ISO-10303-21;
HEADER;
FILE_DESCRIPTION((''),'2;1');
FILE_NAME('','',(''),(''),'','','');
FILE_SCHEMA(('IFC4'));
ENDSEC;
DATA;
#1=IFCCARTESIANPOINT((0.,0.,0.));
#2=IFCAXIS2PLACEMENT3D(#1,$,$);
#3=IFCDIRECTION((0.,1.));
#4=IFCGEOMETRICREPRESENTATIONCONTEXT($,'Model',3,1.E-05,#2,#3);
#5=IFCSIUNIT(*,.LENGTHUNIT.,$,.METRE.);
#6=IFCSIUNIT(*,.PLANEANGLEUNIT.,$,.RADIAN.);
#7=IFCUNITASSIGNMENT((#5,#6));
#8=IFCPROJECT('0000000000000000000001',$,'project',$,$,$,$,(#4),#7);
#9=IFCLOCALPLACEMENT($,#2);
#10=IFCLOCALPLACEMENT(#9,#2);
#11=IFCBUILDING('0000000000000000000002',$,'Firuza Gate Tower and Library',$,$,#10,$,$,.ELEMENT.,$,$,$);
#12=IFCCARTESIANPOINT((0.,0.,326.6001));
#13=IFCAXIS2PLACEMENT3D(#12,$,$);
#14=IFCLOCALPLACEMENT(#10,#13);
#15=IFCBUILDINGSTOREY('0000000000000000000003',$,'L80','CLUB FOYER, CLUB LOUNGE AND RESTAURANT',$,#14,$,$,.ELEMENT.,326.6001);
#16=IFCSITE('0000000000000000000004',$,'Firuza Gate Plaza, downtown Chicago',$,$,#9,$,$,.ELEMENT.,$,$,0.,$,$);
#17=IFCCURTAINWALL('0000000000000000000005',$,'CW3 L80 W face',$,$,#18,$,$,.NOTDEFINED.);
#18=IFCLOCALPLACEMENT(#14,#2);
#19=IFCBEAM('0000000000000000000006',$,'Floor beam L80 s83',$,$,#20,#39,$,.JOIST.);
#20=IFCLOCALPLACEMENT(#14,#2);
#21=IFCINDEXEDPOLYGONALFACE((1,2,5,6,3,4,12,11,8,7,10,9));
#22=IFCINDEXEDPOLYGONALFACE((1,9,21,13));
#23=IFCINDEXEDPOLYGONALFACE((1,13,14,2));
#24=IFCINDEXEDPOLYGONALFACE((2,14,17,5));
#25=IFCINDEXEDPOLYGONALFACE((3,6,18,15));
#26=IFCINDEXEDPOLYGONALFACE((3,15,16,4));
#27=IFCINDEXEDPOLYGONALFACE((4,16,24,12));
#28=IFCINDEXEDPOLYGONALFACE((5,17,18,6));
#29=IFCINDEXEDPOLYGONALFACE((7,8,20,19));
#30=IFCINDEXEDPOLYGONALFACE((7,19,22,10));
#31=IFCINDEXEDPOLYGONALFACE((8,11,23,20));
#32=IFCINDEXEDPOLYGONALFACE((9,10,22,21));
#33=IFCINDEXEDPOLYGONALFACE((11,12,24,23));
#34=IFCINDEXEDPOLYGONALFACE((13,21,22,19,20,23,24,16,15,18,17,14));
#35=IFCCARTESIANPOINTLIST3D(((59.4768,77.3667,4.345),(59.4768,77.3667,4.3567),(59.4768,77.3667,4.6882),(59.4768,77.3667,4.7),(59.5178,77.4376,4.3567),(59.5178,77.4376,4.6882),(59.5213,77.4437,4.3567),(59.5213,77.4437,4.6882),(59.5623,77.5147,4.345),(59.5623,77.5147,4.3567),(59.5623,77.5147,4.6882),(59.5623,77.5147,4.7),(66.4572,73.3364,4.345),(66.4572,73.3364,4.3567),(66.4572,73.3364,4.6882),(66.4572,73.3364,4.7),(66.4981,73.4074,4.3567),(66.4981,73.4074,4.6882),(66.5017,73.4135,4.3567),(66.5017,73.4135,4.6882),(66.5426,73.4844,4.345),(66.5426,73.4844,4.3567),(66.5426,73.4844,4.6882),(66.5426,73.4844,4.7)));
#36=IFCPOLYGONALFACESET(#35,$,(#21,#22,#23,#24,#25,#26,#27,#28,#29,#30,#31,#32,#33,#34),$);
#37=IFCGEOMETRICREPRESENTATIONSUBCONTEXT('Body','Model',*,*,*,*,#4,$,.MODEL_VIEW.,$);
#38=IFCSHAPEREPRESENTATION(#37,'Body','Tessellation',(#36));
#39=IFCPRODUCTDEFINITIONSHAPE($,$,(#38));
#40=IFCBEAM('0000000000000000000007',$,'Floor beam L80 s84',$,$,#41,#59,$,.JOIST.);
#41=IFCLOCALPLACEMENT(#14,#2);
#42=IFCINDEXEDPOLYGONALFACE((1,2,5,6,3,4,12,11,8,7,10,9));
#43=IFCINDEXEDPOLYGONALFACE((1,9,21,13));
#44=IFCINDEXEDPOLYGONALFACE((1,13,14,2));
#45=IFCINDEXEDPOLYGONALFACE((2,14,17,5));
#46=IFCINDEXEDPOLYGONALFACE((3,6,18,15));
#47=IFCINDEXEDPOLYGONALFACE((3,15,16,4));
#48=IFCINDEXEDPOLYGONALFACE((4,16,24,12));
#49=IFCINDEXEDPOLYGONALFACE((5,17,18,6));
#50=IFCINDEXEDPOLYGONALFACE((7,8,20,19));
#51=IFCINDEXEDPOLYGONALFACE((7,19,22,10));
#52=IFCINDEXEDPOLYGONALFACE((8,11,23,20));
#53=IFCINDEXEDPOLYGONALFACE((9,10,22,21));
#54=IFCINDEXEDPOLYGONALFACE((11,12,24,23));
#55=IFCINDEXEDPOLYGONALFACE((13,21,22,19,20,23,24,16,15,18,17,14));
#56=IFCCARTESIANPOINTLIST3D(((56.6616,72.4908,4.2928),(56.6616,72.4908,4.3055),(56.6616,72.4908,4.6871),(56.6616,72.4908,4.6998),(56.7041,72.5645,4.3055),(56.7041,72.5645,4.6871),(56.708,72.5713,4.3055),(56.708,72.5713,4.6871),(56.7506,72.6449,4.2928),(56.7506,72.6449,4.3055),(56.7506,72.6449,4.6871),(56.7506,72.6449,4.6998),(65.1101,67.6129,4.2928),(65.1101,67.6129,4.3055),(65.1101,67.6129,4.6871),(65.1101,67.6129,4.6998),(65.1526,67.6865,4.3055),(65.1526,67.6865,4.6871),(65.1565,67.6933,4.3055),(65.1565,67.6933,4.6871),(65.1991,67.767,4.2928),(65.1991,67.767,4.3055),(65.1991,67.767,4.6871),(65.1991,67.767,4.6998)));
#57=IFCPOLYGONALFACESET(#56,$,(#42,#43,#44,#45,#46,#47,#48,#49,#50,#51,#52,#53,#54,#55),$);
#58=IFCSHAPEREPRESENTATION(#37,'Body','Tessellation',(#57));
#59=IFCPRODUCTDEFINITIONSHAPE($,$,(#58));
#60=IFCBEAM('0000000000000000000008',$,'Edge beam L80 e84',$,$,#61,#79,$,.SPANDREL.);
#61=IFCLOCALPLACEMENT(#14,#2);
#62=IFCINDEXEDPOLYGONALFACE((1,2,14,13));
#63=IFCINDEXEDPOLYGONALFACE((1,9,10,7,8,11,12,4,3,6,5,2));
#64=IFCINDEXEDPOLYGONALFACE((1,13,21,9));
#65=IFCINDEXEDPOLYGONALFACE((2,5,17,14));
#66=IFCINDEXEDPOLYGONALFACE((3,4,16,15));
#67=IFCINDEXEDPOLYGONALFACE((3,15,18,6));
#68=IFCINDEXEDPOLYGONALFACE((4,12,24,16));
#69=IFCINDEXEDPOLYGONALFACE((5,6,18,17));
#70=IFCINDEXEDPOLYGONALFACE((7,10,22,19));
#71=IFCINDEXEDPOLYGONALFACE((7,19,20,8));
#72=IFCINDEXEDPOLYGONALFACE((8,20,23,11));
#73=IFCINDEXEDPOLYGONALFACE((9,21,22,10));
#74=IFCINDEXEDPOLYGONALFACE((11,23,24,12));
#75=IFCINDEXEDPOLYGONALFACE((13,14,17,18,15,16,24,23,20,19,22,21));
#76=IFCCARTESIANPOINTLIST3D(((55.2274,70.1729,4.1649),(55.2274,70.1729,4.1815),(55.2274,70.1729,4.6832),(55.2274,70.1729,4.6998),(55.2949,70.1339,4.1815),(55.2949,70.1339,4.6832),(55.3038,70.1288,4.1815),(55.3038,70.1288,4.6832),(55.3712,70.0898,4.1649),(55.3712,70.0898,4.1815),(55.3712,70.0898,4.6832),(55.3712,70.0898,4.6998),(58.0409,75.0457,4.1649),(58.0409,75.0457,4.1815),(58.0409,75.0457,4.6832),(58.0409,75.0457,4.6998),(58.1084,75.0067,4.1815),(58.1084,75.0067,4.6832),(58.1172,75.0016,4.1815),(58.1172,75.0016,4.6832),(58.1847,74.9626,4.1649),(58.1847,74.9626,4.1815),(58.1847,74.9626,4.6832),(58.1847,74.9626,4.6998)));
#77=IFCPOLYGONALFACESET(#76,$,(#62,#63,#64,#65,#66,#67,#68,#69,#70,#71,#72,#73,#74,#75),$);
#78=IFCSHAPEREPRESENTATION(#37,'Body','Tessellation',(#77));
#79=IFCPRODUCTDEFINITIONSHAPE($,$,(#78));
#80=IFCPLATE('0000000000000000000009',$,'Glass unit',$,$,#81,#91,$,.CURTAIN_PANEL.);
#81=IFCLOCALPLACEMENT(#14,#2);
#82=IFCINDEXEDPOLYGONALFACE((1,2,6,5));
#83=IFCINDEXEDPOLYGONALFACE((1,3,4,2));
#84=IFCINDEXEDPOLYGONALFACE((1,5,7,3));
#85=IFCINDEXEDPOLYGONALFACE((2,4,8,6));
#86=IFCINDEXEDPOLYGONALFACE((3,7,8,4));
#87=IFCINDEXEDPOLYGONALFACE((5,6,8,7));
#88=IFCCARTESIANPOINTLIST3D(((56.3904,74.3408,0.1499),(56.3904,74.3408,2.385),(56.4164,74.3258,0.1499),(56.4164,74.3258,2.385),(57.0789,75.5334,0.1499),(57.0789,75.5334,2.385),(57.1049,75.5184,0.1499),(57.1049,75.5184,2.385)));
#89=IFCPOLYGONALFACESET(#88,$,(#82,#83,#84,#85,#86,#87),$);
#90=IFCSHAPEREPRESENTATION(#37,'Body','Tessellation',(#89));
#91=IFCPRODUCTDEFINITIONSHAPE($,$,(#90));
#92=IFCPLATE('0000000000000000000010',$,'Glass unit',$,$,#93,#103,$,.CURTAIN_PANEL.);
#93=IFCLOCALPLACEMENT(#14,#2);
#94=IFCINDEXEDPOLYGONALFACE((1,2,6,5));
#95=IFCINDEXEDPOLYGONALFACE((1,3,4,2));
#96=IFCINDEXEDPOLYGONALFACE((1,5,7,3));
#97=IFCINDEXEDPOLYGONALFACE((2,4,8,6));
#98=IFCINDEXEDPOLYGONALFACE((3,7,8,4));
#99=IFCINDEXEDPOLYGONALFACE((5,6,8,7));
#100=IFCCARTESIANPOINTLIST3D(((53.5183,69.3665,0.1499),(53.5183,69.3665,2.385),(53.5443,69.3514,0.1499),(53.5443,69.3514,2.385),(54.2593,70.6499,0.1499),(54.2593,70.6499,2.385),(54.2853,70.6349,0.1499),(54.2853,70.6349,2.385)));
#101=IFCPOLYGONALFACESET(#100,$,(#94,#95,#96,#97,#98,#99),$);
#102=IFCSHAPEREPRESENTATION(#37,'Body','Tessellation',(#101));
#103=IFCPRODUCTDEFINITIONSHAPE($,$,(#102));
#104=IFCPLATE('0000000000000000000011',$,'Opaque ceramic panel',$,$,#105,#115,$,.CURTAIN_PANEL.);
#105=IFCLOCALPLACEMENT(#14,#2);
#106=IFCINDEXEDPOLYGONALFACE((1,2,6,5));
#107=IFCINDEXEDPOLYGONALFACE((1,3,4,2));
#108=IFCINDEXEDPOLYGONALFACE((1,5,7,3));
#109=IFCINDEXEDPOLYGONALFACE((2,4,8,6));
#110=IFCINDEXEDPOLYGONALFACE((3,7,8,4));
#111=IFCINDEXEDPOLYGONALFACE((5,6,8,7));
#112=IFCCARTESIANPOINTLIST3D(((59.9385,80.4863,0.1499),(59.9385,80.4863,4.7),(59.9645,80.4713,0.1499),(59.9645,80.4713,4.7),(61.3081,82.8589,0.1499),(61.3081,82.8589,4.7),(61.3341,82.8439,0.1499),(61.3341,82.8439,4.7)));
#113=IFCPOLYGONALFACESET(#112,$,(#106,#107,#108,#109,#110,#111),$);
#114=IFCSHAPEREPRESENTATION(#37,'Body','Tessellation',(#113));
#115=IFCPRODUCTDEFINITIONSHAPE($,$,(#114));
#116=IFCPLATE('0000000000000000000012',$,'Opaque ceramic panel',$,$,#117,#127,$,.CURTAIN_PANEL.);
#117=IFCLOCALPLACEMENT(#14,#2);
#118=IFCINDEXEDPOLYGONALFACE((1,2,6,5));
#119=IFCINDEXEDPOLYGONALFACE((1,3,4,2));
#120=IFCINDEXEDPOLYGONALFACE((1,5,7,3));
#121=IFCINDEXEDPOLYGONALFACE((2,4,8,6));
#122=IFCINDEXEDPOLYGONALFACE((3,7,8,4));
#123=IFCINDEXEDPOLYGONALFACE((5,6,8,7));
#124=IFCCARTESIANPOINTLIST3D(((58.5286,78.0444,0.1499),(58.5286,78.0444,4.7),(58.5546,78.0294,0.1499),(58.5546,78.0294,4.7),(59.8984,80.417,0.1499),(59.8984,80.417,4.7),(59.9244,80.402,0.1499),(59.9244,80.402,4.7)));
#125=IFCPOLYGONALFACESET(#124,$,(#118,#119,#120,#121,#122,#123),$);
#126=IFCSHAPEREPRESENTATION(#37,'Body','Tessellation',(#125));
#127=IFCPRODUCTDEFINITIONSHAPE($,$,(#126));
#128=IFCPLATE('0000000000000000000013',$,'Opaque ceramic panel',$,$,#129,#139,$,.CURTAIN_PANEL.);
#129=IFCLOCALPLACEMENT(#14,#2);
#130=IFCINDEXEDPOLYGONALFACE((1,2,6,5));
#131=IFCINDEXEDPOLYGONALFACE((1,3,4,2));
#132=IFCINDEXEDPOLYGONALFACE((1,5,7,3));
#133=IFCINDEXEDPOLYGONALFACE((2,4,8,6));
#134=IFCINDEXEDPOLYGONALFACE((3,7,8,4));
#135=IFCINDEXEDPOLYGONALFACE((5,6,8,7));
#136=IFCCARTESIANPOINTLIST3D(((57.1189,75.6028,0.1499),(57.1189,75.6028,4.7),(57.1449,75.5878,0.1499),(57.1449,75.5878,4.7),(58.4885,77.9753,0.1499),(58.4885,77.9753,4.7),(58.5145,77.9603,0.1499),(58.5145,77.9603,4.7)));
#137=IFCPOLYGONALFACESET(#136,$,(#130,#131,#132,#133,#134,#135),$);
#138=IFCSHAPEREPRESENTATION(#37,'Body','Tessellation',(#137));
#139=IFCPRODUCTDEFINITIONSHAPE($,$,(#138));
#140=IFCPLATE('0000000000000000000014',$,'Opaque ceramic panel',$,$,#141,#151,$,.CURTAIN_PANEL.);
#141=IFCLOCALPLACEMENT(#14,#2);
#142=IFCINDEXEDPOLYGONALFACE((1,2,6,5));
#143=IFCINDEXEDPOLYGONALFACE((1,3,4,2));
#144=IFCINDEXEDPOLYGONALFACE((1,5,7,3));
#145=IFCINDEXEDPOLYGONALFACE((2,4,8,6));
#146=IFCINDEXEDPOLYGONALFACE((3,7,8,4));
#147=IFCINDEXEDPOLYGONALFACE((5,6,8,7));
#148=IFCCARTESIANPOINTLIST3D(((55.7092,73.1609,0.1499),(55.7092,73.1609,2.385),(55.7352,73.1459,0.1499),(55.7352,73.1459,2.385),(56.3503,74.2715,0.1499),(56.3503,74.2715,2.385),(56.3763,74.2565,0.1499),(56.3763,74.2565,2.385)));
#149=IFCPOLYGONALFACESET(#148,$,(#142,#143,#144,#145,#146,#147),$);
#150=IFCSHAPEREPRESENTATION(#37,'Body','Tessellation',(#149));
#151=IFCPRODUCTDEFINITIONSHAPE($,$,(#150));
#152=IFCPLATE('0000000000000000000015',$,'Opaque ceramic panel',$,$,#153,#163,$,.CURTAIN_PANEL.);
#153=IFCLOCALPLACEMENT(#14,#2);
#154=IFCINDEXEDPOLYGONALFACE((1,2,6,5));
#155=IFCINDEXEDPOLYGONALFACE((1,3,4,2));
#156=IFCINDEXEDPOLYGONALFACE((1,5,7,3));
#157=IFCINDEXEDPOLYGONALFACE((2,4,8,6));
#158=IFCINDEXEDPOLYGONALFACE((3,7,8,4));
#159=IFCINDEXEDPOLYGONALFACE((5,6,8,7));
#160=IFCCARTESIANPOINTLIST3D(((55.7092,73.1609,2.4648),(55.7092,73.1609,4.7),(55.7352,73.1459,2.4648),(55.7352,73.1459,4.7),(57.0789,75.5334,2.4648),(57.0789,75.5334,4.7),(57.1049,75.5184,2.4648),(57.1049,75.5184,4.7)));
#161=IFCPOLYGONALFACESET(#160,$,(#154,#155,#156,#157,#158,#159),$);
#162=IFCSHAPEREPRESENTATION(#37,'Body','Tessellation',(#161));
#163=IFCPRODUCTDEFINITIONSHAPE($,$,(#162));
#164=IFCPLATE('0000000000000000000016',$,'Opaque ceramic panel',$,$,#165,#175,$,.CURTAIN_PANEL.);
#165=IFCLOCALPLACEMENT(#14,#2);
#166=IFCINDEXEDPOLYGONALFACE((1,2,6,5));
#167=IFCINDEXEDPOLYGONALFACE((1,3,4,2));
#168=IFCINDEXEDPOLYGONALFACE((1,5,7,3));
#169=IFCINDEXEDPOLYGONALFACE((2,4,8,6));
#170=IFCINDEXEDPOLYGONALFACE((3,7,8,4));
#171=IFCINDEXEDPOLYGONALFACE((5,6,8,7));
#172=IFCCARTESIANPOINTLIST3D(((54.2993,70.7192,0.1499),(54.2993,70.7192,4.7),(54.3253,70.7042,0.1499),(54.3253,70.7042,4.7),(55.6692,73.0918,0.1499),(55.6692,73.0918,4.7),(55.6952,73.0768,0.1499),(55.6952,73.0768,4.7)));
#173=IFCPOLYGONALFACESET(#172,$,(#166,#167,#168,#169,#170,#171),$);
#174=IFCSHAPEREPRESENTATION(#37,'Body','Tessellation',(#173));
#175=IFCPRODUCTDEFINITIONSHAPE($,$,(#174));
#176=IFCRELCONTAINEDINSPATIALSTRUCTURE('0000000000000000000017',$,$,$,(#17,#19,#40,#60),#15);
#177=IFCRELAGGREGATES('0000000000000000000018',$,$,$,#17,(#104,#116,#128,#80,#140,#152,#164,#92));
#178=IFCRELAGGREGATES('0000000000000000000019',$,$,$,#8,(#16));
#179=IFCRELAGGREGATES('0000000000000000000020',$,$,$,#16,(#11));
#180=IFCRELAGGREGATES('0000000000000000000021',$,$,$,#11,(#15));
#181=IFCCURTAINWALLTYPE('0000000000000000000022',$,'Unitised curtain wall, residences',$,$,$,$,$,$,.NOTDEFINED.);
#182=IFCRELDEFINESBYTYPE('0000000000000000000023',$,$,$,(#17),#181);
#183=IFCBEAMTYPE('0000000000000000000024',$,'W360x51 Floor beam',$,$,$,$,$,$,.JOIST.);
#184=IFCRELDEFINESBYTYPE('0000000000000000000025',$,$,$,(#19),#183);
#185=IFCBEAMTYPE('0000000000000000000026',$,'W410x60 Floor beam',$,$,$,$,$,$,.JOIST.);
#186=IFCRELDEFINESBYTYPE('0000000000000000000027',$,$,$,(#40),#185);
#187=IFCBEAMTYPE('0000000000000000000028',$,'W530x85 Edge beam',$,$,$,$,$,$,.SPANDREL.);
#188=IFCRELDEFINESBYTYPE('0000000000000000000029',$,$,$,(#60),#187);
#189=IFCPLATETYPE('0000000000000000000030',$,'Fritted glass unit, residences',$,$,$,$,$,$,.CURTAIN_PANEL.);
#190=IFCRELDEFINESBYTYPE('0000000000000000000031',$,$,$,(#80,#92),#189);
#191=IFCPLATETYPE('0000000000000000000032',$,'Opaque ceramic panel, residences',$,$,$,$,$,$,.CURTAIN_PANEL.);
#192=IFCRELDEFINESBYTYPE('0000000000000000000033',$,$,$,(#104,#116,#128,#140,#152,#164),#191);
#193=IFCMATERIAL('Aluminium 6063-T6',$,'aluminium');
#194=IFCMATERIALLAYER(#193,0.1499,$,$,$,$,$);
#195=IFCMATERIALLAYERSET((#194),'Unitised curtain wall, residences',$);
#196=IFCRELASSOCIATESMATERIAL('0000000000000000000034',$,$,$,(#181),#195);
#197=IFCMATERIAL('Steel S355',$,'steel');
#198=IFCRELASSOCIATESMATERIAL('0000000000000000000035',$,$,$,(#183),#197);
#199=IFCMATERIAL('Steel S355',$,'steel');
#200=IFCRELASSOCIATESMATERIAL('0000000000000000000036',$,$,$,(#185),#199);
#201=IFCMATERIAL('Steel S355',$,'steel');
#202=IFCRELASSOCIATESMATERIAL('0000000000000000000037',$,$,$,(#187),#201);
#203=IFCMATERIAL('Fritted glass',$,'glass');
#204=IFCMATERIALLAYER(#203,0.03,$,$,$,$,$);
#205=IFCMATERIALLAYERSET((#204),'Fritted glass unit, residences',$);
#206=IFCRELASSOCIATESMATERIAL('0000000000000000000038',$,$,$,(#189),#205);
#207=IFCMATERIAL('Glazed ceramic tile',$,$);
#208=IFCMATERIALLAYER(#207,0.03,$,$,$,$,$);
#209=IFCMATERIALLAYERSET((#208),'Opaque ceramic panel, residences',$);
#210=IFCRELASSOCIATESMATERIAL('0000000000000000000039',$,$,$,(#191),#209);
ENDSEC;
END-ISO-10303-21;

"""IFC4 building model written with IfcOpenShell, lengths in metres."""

from ifc_helpers import new_model, si_unit, direction, frame, origin, origin_2d, place, context, subcontext, project, spatial, polyline, i_section, outline, extrude, material, layer, layer_set, material_profile, profile_set, type_object, element, aggregate, save


model = new_model("IFC4")

# Units and contexts
model_context = context("Model", 3, precision=1e-05, world=origin(), true_north=direction((0.0, 1.0)))
body_context = subcontext(model_context, "Body", "Model", "MODEL_VIEW")
ifc_project = project(units=[si_unit("LENGTHUNIT", "METRE"), si_unit("PLANEANGLEUNIT", "RADIAN")], contexts=[model_context])

# Site, building, storey
site_placement = place(None, origin())
site = spatial("IfcSite", under=ifc_project, at=site_placement, Name="Firuza Gate Plaza, downtown Chicago", CompositionType="ELEMENT", RefElevation=0.0)
building_placement = place(site_placement, origin())
building = spatial("IfcBuilding", under=site, at=building_placement, Name="Firuza Gate Tower and Library", CompositionType="ELEMENT")
storey_placement = place(building_placement, frame((0.0, 0.0, 326.6001)))
storey = spatial("IfcBuildingStorey", under=building, at=storey_placement, Name="L80", Description="CLUB FOYER, CLUB LOUNGE AND RESTAURANT", CompositionType="ELEMENT", Elevation=326.6001)

# Curtain wall
ifc_material_1 = material(Name="Aluminium 6063-T6", Category="aluminium")
ifc_layer_1 = layer(ifc_material_1, 0.1499)
ifc_layer_set_1 = layer_set([ifc_layer_1], Name="Unitised curtain wall, residences")
curtain_wall_type = type_object("IfcCurtainWallType", Name="Unitised curtain wall, residences", PredefinedType="NOTDEFINED", material=ifc_layer_set_1)
curtain_wall_placement = place(storey_placement, origin())
curtain_wall = element("IfcCurtainWall", 1, at=curtain_wall_placement, inside=storey, type_object=curtain_wall_type, Name="CW3 L80 W face", PredefinedType="NOTDEFINED")

# Beams
ifc_material_2 = material(Name="Steel S355", Category="steel")
ifc_material_profile_1 = material_profile(ifc_material_2, i_section(OverallWidth=0.1709, OverallDepth=0.355, WebThickness=0.0071, FlangeThickness=0.0117, at=origin_2d()))
ifc_profile_set_1 = profile_set([ifc_material_profile_1], Name="Steel S355")
beam_type_1 = type_object("IfcBeamType", Name="W360x51 Floor beam", PredefinedType="JOIST", material=ifc_profile_set_1)
beam_1_placement = place(storey_placement, frame((59.5195, 77.4407, 4.5225), z_axis=(0.86602, -0.500009, 0.0), x_axis=(0.500009, 0.86602, 0.0)))
element("IfcBeam", 2, at=beam_1_placement, inside=storey, type_object=beam_type_1, Name="Floor beam L80 s83", PredefinedType="JOIST", context=body_context, shape_type="SweptSolid", body=[
    extrude(i_section(OverallWidth=0.1709, OverallDepth=0.355, WebThickness=0.0071, FlangeThickness=0.0117, at=origin_2d()), origin(), (0.0, 0.0, 1.0), 8.0603),
])
ifc_material_3 = material(Name="Steel S355", Category="steel")
ifc_material_profile_2 = material_profile(ifc_material_3, i_section(OverallWidth=0.178, OverallDepth=0.407, WebThickness=0.0078, FlangeThickness=0.0127, at=origin_2d()))
ifc_profile_set_2 = profile_set([ifc_material_profile_2], Name="Steel S355")
beam_type_2 = type_object("IfcBeamType", Name="W410x60 Floor beam", PredefinedType="JOIST", material=ifc_profile_set_2)
beam_2_placement = place(storey_placement, frame((56.7061, 72.5679, 4.4963), z_axis=(0.866017, -0.500015, 0.0), x_axis=(0.500015, 0.866017, 0.0)))
element("IfcBeam", 3, at=beam_2_placement, inside=storey, type_object=beam_type_2, Name="Floor beam L80 s84", PredefinedType="JOIST", context=body_context, shape_type="SweptSolid", body=[
    extrude(i_section(OverallWidth=0.178, OverallDepth=0.407, WebThickness=0.0078, FlangeThickness=0.0127, at=origin_2d()), origin(), (0.0, 0.0, 1.0), 9.7556),
])
ifc_material_4 = material(Name="Steel S355", Category="steel")
ifc_material_profile_3 = material_profile(ifc_material_4, i_section(OverallWidth=0.166, OverallDepth=0.5349, WebThickness=0.0103, FlangeThickness=0.0166, at=origin_2d()))
ifc_profile_set_3 = profile_set([ifc_material_profile_3], Name="Steel S355")
beam_type_3 = type_object("IfcBeamType", Name="W530x85 Edge beam", PredefinedType="SPANDREL", material=ifc_profile_set_3)
beam_3_placement = place(storey_placement, frame((58.1128, 75.0042, 4.4324), z_axis=(-0.500022, -0.866013, 0.0), x_axis=(0.866013, -0.500022, 0.0)))
element("IfcBeam", 4, at=beam_3_placement, inside=storey, type_object=beam_type_3, Name="Edge beam L80 e84", PredefinedType="SPANDREL", context=body_context, shape_type="SweptSolid", body=[
    extrude(i_section(OverallWidth=0.166, OverallDepth=0.5349, WebThickness=0.0103, FlangeThickness=0.0166, at=origin_2d()), origin(), (0.0, 0.0, 1.0), 5.6267),
])

# Plates
ifc_material_5 = material(Name="Fritted glass", Category="glass")
ifc_layer_2 = layer(ifc_material_5, 0.03)
ifc_layer_set_2 = layer_set([ifc_layer_2], Name="Fritted glass unit, residences")
plate_type_1 = type_object("IfcPlateType", Name="Fritted glass unit, residences", PredefinedType="CURTAIN_PANEL", material=ifc_layer_set_2)
plate_1_placement = place(storey_placement, frame((57.0789, 75.5334, 0.1499), z_axis=(-0.866053, 0.499953, 0.0), x_axis=(-0.499953, -0.866053, 0.0)))
plate_1 = element("IfcPlate", 5, at=plate_1_placement, type_object=plate_type_1, Name="Glass unit", PredefinedType="CURTAIN_PANEL", context=body_context, shape_type="SweptSolid", body=[
    extrude(outline(polyline([(0.0, 0.0), (1.3771, 0.0), (1.3771, 2.2351), (0.0, 2.2351), (0.0, 0.0)])), origin(), (0.0, 0.0, -1.0), 0.03),
])
plate_2_placement = place(storey_placement, frame((54.2593, 70.6499, 0.1499), z_axis=(-0.866035, 0.499984, 0.0), x_axis=(-0.499984, -0.866035, 0.0)))
plate_2 = element("IfcPlate", 6, at=plate_2_placement, type_object=plate_type_1, Name="Glass unit", PredefinedType="CURTAIN_PANEL", context=body_context, shape_type="SweptSolid", body=[
    extrude(outline(polyline([(0.0, 0.0), (1.482, 0.0), (1.482, 2.2351), (0.0, 2.2351), (0.0, 0.0)])), origin(), (0.0, 0.0, -1.0), 0.03),
])
ifc_material_6 = material(Name="Glazed ceramic tile")
ifc_layer_3 = layer(ifc_material_6, 0.03)
ifc_layer_set_3 = layer_set([ifc_layer_3], Name="Opaque ceramic panel, residences")
plate_type_2 = type_object("IfcPlateType", Name="Opaque ceramic panel, residences", PredefinedType="CURTAIN_PANEL", material=ifc_layer_set_3)
plate_3_placement = place(storey_placement, frame((61.3081, 82.8589, 0.1499), z_axis=(-0.866052, 0.499954, 0.0), x_axis=(-0.499954, -0.866052, 0.0)))
plate_3 = element("IfcPlate", 7, at=plate_3_placement, type_object=plate_type_2, Name="Opaque ceramic panel", PredefinedType="CURTAIN_PANEL", context=body_context, shape_type="SweptSolid", body=[
    extrude(outline(polyline([(0.0, 0.0), (2.7395, 0.0), (2.7395, 4.55), (0.0, 4.55), (0.0, 0.0)])), origin(), (0.0, 0.0, -1.0), 0.03),
])
plate_4_placement = place(storey_placement, frame((59.8984, 80.417, 0.1499), z_axis=(-0.866013, 0.500021, 0.0), x_axis=(-0.500021, -0.866013, 0.0)))
plate_4 = element("IfcPlate", 8, at=plate_4_placement, type_object=plate_type_2, Name="Opaque ceramic panel", PredefinedType="CURTAIN_PANEL", context=body_context, shape_type="SweptSolid", body=[
    extrude(outline(polyline([(0.0, 0.0), (2.7396, 0.0), (2.7396, 4.55), (0.0, 4.55), (0.0, 0.0)])), origin(), (0.0, 0.0, -1.0), 0.03),
])
plate_5_placement = place(storey_placement, frame((58.4885, 77.9753, 0.1499), z_axis=(-0.866052, 0.499954, 0.0), x_axis=(-0.499954, -0.866052, 0.0)))
plate_5 = element("IfcPlate", 9, at=plate_5_placement, type_object=plate_type_2, Name="Opaque ceramic panel", PredefinedType="CURTAIN_PANEL", context=body_context, shape_type="SweptSolid", body=[
    extrude(outline(polyline([(0.0, 0.0), (2.7395, 0.0), (2.7395, 4.55), (0.0, 4.55), (0.0, 0.0)])), origin(), (0.0, 0.0, -1.0), 0.03),
])
plate_6_placement = place(storey_placement, frame((56.3503, 74.2715, 0.1499), z_axis=(-0.866056, 0.499948, 0.0), x_axis=(-0.499948, -0.866056, 0.0)))
plate_6 = element("IfcPlate", 10, at=plate_6_placement, type_object=plate_type_2, Name="Opaque ceramic panel", PredefinedType="CURTAIN_PANEL", context=body_context, shape_type="SweptSolid", body=[
    extrude(outline(polyline([(0.0, 0.0), (1.2824, 0.0), (1.2824, 2.2351), (0.0, 2.2351), (0.0, 0.0)])), origin(), (0.0, 0.0, -1.0), 0.03),
])
plate_7_placement = place(storey_placement, frame((57.0789, 75.5334, 2.4648), z_axis=(-0.866052, 0.499954, 0.0), x_axis=(-0.499954, -0.866052, 0.0)))
plate_7 = element("IfcPlate", 11, at=plate_7_placement, type_object=plate_type_2, Name="Opaque ceramic panel", PredefinedType="CURTAIN_PANEL", context=body_context, shape_type="SweptSolid", body=[
    extrude(outline(polyline([(0.0, 0.0), (2.7395, 0.0), (2.7395, 2.2351), (0.0, 2.2351), (0.0, 0.0)])), origin(), (0.0, 0.0, -1.0), 0.03),
])
plate_8_placement = place(storey_placement, frame((55.6692, 73.0918, 0.1499), z_axis=(-0.866013, 0.500021, 0.0), x_axis=(-0.500021, -0.866013, 0.0)))
plate_8 = element("IfcPlate", 12, at=plate_8_placement, type_object=plate_type_2, Name="Opaque ceramic panel", PredefinedType="CURTAIN_PANEL", context=body_context, shape_type="SweptSolid", body=[
    extrude(outline(polyline([(0.0, 0.0), (2.7396, 0.0), (2.7396, 4.55), (0.0, 4.55), (0.0, 0.0)])), origin(), (0.0, 0.0, -1.0), 0.03),
])
aggregate(curtain_wall, [plate_3, plate_4, plate_5, plate_1, plate_6, plate_7, plate_8, plate_2])

save(model, "model.ifc")
